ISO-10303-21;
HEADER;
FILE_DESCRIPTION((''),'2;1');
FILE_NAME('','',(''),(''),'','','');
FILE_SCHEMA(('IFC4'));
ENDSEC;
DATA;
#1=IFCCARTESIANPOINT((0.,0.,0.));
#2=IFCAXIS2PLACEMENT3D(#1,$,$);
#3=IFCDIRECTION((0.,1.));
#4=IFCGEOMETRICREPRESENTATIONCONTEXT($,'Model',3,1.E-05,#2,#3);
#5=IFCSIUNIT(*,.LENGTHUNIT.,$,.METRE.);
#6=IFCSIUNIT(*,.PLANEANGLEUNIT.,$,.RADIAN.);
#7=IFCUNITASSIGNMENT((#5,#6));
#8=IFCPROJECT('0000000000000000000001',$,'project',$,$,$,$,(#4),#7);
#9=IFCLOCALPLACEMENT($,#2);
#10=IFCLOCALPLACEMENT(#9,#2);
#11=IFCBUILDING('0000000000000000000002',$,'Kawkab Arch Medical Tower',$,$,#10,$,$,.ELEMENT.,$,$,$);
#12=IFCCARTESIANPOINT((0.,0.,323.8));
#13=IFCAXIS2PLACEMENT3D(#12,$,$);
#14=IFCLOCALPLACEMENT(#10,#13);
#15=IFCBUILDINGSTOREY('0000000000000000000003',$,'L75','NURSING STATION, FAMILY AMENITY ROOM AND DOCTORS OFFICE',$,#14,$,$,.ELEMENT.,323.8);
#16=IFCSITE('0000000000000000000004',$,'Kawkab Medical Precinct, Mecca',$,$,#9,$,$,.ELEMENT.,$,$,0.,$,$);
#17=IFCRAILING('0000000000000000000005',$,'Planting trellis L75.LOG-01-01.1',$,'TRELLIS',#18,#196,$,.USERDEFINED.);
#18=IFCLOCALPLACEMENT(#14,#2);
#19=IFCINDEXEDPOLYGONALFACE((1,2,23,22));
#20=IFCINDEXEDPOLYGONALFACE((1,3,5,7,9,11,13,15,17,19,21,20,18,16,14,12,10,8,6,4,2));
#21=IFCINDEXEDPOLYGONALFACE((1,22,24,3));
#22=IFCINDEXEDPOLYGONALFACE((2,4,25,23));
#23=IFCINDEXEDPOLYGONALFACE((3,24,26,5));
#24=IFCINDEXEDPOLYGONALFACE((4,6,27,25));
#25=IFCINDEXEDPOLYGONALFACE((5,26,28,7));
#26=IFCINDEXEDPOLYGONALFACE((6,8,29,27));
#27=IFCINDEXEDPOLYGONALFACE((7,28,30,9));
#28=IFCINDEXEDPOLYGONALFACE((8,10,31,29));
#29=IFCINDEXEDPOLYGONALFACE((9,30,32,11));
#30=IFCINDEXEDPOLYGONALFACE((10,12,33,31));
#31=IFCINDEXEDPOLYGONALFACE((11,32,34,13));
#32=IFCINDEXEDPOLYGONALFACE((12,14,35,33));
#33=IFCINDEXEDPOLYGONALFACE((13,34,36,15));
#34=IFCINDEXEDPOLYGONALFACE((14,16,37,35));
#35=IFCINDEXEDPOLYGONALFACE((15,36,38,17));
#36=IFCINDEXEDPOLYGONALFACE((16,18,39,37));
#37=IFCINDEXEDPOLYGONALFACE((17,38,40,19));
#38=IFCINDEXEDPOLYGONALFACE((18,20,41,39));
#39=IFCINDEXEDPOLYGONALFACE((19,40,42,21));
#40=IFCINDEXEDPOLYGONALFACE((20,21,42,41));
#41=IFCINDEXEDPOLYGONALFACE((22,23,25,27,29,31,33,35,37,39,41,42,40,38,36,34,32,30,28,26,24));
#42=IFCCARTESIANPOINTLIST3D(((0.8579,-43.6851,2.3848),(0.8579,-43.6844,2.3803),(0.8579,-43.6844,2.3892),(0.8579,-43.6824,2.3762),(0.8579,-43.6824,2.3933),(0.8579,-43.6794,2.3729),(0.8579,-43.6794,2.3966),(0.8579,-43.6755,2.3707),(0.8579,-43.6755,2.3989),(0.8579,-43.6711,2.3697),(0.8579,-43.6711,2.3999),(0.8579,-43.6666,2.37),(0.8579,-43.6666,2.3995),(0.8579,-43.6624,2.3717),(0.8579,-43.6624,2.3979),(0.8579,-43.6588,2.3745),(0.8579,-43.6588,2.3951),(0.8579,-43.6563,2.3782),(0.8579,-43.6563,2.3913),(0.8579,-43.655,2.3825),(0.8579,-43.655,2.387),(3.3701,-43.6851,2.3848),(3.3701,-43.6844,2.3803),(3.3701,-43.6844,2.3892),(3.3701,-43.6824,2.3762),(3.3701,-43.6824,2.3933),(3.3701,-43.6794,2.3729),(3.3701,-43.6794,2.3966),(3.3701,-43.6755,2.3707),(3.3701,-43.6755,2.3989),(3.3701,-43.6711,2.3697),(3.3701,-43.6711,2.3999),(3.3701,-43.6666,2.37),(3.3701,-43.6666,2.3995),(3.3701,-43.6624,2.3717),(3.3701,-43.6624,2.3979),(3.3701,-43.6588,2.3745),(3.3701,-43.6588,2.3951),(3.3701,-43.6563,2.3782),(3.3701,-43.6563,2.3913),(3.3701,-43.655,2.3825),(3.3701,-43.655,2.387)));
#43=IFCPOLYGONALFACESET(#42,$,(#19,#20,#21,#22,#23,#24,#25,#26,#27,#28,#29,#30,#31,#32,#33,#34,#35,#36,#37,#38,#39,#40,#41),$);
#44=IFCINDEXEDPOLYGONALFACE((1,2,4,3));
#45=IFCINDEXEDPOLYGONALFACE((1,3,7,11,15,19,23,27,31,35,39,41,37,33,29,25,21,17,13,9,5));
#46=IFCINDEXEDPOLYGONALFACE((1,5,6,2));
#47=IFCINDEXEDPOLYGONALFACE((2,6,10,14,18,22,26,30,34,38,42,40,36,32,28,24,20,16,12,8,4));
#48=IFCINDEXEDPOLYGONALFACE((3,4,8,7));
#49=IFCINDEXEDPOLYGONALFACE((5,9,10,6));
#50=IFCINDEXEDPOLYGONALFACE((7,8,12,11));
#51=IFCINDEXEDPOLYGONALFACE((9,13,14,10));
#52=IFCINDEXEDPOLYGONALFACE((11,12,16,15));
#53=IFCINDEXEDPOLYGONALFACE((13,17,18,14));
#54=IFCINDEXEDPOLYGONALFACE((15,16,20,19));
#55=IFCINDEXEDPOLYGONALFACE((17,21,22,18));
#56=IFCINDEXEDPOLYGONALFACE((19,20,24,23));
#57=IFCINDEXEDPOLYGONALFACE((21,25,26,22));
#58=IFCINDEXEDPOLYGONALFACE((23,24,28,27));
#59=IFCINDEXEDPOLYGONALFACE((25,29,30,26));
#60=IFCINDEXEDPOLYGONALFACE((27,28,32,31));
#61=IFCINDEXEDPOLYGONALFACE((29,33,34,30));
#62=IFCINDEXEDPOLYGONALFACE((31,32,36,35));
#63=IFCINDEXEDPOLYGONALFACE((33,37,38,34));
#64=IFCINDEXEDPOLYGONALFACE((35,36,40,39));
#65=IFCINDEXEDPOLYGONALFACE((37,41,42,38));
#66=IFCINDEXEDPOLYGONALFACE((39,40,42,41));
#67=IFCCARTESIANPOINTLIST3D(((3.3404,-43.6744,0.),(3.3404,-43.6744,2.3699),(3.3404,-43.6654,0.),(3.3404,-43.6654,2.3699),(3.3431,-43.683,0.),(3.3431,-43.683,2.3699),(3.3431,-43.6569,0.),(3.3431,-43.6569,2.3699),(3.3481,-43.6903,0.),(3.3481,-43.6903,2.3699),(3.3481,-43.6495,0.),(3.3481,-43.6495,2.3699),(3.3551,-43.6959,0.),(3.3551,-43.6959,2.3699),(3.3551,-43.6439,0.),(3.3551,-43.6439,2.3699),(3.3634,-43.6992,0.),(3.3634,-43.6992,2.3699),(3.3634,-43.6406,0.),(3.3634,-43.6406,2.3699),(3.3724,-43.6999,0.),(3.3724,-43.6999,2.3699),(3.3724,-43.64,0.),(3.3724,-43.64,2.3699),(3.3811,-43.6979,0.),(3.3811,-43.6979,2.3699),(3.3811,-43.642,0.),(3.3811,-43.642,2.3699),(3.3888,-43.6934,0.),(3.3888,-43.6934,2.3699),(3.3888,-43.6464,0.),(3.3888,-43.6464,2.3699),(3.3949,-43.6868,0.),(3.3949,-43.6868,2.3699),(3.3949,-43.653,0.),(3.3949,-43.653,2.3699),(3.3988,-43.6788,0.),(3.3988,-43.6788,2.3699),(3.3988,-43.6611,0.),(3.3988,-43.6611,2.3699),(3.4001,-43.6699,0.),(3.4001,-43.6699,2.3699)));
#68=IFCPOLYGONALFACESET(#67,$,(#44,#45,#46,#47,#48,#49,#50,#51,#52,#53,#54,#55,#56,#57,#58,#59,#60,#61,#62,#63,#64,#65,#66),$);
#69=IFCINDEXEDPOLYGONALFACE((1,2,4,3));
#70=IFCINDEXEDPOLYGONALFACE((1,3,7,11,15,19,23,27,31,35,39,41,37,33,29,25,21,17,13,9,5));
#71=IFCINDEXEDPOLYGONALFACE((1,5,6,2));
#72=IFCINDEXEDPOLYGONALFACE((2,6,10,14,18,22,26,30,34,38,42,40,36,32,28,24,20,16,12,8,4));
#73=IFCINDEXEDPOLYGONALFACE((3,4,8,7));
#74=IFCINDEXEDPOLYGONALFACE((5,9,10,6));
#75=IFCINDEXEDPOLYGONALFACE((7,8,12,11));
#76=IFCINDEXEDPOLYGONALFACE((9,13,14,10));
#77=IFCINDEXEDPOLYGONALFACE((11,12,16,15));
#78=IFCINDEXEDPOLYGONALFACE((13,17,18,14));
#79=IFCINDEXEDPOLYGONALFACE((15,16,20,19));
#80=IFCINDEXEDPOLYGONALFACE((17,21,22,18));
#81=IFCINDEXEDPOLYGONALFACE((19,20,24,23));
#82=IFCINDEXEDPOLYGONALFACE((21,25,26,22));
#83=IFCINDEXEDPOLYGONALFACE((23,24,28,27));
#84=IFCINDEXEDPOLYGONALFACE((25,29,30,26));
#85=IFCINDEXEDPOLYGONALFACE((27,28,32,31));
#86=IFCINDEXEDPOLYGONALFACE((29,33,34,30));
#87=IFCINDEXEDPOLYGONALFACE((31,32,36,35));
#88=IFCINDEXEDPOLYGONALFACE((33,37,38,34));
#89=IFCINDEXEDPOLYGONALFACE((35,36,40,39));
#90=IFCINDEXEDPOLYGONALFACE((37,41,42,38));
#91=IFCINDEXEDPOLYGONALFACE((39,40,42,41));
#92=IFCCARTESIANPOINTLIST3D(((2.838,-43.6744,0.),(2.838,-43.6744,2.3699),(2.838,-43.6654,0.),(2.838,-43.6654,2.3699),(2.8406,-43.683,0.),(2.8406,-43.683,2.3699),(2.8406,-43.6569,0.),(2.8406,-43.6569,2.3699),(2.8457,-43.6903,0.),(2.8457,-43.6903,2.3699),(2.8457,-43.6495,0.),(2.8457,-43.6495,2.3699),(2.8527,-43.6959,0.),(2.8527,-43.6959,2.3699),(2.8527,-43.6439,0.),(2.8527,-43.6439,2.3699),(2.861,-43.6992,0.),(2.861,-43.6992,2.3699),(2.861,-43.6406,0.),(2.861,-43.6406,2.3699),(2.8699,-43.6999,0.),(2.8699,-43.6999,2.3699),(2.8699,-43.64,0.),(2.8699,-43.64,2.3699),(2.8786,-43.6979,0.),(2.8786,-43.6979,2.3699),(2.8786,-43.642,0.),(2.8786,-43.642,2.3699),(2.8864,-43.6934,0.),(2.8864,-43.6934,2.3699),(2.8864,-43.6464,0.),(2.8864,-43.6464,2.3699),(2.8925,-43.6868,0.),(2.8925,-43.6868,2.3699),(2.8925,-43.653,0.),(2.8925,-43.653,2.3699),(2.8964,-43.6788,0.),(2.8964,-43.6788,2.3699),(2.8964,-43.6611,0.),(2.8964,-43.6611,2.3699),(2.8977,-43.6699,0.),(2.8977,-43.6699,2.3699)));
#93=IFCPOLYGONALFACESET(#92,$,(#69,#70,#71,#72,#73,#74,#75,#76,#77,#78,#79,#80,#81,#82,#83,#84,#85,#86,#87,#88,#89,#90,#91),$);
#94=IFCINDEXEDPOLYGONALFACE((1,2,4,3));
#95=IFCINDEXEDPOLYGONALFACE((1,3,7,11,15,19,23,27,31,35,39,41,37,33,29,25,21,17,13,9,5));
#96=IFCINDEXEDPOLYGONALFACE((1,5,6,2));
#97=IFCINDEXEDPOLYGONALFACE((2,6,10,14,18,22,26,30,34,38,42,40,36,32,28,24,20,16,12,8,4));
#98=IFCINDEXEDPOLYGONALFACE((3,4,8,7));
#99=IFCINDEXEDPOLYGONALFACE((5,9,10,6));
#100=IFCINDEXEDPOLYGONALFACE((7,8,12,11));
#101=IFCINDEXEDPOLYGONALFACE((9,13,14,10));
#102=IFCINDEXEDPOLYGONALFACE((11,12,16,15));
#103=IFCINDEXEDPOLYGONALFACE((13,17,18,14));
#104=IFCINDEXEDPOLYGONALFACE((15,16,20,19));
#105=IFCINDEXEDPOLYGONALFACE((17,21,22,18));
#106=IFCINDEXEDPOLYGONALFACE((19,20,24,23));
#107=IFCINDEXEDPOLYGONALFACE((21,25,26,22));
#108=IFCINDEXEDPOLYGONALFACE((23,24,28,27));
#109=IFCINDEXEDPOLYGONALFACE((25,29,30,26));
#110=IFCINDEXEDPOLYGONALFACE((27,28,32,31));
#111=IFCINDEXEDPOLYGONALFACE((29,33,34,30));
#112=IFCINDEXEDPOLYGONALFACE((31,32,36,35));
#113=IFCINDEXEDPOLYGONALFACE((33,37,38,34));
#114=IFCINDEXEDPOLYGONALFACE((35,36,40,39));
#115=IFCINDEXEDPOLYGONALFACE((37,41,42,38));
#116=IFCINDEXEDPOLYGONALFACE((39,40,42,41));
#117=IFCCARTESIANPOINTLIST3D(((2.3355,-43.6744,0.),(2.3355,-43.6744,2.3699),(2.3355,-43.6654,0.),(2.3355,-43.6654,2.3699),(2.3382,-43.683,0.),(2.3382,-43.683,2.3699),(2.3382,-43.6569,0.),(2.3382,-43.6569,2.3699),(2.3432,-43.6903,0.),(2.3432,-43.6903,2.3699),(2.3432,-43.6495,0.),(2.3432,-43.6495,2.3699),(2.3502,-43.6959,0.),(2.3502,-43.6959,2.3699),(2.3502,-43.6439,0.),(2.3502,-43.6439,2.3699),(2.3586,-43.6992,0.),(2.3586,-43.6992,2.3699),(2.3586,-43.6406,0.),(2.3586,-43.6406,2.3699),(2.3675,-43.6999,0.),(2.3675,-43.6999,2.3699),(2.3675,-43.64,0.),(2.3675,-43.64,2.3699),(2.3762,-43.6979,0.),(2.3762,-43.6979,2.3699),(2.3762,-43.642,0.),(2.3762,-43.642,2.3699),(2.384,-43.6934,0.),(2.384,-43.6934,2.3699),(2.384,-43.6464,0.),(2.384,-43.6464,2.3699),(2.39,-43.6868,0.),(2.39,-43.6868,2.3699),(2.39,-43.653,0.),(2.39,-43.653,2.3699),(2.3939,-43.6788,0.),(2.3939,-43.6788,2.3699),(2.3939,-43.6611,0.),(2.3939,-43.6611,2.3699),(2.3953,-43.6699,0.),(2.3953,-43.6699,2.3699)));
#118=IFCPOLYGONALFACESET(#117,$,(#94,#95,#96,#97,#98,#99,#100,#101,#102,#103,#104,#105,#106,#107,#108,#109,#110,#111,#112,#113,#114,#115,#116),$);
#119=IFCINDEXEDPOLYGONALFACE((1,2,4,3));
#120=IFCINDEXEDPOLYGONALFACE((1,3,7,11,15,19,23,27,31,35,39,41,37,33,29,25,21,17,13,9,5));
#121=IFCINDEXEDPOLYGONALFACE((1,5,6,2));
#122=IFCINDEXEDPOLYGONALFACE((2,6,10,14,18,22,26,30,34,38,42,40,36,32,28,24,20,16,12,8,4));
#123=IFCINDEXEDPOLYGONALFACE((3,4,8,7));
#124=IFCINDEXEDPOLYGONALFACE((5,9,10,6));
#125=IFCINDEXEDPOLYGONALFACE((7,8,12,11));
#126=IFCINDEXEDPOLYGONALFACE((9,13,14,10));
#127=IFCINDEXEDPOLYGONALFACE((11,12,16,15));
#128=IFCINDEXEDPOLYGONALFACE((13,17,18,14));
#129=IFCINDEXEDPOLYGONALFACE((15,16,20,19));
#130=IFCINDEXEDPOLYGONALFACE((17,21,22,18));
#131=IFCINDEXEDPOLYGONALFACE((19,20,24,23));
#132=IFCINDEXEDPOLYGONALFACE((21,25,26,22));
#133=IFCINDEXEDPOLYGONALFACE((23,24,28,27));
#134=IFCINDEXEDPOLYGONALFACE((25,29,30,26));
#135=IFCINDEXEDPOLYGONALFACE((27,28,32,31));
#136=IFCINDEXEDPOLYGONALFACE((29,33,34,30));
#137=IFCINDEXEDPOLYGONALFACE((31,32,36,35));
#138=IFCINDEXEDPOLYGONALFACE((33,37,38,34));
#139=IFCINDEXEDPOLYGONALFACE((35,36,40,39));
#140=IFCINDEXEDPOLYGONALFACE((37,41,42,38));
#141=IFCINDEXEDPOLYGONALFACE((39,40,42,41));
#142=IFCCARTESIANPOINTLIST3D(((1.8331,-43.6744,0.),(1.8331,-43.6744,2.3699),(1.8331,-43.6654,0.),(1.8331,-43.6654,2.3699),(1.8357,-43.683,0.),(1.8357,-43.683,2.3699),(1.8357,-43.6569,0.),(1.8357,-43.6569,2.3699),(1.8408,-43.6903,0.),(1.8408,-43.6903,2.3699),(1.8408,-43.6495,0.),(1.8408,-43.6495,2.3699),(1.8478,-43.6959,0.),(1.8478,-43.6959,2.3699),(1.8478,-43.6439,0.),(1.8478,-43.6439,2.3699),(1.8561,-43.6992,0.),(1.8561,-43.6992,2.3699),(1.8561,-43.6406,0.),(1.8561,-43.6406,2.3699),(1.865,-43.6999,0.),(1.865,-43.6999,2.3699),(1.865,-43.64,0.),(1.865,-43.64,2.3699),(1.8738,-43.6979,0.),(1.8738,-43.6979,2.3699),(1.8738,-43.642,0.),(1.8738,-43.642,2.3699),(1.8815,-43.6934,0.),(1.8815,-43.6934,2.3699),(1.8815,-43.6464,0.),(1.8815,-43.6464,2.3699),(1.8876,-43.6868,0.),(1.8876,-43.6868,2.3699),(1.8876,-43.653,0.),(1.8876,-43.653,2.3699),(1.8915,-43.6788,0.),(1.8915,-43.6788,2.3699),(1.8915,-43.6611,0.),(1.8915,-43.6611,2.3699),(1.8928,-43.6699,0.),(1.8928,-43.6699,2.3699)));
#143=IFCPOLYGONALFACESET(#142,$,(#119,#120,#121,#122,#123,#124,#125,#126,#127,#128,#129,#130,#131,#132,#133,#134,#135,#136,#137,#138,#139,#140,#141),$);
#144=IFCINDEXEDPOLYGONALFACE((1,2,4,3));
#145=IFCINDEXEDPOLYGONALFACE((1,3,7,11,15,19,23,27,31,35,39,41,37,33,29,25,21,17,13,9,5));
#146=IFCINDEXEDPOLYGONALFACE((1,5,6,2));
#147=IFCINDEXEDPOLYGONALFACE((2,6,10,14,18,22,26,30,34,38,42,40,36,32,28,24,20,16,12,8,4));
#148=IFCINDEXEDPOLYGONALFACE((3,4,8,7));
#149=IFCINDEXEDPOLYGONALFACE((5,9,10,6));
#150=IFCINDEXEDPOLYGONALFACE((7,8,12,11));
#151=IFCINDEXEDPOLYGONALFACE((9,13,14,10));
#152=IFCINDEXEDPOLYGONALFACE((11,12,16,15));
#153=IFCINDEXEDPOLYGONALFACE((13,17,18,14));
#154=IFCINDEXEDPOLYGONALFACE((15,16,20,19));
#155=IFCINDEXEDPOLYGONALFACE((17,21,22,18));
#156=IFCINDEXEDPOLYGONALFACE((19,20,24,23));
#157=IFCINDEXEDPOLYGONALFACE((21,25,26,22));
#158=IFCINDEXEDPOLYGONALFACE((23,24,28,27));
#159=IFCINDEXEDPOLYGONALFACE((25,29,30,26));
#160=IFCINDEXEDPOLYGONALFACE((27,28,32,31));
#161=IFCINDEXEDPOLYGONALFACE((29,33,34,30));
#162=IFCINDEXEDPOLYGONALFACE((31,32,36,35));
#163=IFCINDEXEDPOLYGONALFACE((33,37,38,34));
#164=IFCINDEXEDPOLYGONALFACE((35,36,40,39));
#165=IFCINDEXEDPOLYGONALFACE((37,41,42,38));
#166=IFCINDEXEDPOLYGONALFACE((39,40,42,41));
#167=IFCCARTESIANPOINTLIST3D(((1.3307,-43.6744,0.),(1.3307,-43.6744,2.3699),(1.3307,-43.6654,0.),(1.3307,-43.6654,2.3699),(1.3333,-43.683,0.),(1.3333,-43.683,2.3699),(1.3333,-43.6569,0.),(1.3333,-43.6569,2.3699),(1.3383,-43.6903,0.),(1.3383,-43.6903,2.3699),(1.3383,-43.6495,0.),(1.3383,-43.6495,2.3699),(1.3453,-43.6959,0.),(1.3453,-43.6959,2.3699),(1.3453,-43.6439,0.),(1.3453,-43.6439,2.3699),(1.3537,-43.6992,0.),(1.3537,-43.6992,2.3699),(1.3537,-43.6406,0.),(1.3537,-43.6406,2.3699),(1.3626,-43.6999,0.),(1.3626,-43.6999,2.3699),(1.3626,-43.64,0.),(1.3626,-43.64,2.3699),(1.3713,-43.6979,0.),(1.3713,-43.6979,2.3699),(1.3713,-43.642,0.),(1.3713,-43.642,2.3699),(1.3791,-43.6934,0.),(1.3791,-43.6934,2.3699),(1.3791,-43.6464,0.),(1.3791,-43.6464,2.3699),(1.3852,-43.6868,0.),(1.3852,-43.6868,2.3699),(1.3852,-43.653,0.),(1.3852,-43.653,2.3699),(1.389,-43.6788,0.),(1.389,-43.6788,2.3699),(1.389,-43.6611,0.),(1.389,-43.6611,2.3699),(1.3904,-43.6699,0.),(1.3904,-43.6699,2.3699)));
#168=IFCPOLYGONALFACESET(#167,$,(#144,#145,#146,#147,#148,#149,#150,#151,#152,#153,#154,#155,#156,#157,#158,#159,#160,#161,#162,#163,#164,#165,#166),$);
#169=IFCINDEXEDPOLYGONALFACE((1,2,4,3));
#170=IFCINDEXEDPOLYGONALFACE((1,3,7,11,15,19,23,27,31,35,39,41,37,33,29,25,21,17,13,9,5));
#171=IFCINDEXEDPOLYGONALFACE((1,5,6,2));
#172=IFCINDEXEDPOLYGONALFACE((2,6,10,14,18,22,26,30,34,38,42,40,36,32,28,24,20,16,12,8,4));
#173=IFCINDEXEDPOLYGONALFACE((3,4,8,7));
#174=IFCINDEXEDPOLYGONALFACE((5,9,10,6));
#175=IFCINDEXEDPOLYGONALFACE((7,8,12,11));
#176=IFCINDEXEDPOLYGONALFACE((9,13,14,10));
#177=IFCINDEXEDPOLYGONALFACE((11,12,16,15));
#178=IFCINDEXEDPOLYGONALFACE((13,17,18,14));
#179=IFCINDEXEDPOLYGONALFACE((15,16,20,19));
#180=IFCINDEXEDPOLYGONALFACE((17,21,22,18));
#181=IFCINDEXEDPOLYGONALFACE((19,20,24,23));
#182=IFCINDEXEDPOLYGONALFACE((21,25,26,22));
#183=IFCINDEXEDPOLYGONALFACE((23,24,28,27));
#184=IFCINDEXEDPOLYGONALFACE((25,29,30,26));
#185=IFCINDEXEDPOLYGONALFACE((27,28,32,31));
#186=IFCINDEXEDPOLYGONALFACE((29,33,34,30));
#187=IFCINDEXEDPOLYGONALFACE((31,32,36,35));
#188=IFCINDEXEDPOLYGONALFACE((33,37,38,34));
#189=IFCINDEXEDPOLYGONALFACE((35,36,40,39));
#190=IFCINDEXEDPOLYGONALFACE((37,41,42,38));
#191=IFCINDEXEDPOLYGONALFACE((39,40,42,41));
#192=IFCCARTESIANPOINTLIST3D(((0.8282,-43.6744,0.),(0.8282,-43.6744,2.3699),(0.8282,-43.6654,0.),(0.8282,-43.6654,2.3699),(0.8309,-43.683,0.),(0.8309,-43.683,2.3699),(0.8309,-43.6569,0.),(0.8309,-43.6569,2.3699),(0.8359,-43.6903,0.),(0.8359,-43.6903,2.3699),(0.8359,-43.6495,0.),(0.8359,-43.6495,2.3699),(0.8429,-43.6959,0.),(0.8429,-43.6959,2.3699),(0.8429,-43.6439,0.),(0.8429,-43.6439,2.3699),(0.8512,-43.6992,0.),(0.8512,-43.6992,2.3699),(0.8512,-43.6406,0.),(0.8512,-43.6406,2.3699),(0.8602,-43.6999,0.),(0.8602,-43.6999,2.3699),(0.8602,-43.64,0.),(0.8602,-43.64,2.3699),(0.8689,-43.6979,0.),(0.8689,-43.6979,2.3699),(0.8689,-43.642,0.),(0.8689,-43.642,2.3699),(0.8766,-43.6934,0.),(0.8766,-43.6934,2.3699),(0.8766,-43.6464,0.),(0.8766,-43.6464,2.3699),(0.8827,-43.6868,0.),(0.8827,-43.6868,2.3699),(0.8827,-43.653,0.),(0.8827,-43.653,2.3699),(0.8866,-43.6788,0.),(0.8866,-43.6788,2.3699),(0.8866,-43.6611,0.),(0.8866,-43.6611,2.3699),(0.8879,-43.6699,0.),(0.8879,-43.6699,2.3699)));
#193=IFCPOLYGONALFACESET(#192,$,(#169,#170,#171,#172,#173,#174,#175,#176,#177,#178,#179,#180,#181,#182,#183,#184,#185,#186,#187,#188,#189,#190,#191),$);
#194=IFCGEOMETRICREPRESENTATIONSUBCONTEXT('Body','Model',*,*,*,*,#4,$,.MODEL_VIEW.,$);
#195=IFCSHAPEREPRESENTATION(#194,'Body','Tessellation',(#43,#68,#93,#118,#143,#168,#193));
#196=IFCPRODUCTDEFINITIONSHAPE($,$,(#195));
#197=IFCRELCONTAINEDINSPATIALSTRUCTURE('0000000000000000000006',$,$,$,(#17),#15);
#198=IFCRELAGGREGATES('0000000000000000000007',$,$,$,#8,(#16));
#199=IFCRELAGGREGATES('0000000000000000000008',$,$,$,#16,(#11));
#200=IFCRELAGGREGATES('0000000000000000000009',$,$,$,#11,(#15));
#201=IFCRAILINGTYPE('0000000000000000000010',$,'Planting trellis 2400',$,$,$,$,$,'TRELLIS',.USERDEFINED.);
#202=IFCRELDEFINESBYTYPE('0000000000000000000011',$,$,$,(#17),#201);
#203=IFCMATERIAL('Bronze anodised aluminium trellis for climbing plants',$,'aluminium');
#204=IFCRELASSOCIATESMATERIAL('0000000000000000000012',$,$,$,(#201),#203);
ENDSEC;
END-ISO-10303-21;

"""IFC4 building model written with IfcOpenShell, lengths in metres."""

from ifc_helpers import new_model, si_unit, direction, frame, origin, origin_2d, place, context, subcontext, project, spatial, circle, extrude, material, type_object, element, save


model = new_model("IFC4")

# Units and contexts
model_context = context("Model", 3, precision=1e-05, world=origin(), true_north=direction((0.0, 1.0)))
body_context = subcontext(model_context, "Body", "Model", "MODEL_VIEW")
ifc_project = project(units=[si_unit("LENGTHUNIT", "METRE"), si_unit("PLANEANGLEUNIT", "RADIAN")], contexts=[model_context])

# Site, building, storey
site_placement = place(None, origin())
site = spatial("IfcSite", under=ifc_project, at=site_placement, Name="Kawkab Medical Precinct, Mecca", CompositionType="ELEMENT", RefElevation=0.0)
building_placement = place(site_placement, origin())
building = spatial("IfcBuilding", under=site, at=building_placement, Name="Kawkab Arch Medical Tower", CompositionType="ELEMENT")
storey_placement = place(building_placement, frame((0.0, 0.0, 323.8)))
storey = spatial("IfcBuildingStorey", under=building, at=storey_placement, Name="L75", Description="NURSING STATION, FAMILY AMENITY ROOM AND DOCTORS OFFICE", CompositionType="ELEMENT", Elevation=323.8)

# Railing
ifc_material_1 = material(Name="Bronze anodised aluminium trellis for climbing plants", Category="aluminium")
railing_type_1 = type_object("IfcRailingType", Name="Planting trellis 2400", ElementType="TRELLIS", PredefinedType="USERDEFINED", material=ifc_material_1)
railing_1_placement = place(storey_placement, frame((3.3701, -43.6699, 0.0)))
element("IfcRailing", 1, at=railing_1_placement, inside=storey, type_object=railing_type_1, Name="Planting trellis L75.LOG-01-01.1", ObjectType="TRELLIS", PredefinedType="USERDEFINED", context=body_context, shape_type="SweptSolid", body=[
    extrude(circle(Radius=0.0151, at=origin_2d()), frame((0.0, 0.0, 2.3848), z_axis=(-1.0, 0.0, 0.0), x_axis=(0.0, -1.0, 0.0)), (0.0, 0.0, 1.0), 2.5122),
    extrude(circle(Radius=0.03, at=origin_2d()), origin(), (0.0, 0.0, 1.0), 2.3699),
    extrude(circle(Radius=0.03, at=origin_2d()), frame((-0.5024, 0.0, 0.0)), (0.0, 0.0, 1.0), 2.3699),
    extrude(circle(Radius=0.03, at=origin_2d()), frame((-1.0049, 0.0, 0.0)), (0.0, 0.0, 1.0), 2.3699),
    extrude(circle(Radius=0.03, at=origin_2d()), frame((-1.5073, 0.0, 0.0)), (0.0, 0.0, 1.0), 2.3699),
    extrude(circle(Radius=0.03, at=origin_2d()), frame((-2.0098, 0.0, 0.0)), (0.0, 0.0, 1.0), 2.3699),
    extrude(circle(Radius=0.03, at=origin_2d()), frame((-2.5122, 0.0, 0.0)), (0.0, 0.0, 1.0), 2.3699),
])

save(model, "model.ifc")
